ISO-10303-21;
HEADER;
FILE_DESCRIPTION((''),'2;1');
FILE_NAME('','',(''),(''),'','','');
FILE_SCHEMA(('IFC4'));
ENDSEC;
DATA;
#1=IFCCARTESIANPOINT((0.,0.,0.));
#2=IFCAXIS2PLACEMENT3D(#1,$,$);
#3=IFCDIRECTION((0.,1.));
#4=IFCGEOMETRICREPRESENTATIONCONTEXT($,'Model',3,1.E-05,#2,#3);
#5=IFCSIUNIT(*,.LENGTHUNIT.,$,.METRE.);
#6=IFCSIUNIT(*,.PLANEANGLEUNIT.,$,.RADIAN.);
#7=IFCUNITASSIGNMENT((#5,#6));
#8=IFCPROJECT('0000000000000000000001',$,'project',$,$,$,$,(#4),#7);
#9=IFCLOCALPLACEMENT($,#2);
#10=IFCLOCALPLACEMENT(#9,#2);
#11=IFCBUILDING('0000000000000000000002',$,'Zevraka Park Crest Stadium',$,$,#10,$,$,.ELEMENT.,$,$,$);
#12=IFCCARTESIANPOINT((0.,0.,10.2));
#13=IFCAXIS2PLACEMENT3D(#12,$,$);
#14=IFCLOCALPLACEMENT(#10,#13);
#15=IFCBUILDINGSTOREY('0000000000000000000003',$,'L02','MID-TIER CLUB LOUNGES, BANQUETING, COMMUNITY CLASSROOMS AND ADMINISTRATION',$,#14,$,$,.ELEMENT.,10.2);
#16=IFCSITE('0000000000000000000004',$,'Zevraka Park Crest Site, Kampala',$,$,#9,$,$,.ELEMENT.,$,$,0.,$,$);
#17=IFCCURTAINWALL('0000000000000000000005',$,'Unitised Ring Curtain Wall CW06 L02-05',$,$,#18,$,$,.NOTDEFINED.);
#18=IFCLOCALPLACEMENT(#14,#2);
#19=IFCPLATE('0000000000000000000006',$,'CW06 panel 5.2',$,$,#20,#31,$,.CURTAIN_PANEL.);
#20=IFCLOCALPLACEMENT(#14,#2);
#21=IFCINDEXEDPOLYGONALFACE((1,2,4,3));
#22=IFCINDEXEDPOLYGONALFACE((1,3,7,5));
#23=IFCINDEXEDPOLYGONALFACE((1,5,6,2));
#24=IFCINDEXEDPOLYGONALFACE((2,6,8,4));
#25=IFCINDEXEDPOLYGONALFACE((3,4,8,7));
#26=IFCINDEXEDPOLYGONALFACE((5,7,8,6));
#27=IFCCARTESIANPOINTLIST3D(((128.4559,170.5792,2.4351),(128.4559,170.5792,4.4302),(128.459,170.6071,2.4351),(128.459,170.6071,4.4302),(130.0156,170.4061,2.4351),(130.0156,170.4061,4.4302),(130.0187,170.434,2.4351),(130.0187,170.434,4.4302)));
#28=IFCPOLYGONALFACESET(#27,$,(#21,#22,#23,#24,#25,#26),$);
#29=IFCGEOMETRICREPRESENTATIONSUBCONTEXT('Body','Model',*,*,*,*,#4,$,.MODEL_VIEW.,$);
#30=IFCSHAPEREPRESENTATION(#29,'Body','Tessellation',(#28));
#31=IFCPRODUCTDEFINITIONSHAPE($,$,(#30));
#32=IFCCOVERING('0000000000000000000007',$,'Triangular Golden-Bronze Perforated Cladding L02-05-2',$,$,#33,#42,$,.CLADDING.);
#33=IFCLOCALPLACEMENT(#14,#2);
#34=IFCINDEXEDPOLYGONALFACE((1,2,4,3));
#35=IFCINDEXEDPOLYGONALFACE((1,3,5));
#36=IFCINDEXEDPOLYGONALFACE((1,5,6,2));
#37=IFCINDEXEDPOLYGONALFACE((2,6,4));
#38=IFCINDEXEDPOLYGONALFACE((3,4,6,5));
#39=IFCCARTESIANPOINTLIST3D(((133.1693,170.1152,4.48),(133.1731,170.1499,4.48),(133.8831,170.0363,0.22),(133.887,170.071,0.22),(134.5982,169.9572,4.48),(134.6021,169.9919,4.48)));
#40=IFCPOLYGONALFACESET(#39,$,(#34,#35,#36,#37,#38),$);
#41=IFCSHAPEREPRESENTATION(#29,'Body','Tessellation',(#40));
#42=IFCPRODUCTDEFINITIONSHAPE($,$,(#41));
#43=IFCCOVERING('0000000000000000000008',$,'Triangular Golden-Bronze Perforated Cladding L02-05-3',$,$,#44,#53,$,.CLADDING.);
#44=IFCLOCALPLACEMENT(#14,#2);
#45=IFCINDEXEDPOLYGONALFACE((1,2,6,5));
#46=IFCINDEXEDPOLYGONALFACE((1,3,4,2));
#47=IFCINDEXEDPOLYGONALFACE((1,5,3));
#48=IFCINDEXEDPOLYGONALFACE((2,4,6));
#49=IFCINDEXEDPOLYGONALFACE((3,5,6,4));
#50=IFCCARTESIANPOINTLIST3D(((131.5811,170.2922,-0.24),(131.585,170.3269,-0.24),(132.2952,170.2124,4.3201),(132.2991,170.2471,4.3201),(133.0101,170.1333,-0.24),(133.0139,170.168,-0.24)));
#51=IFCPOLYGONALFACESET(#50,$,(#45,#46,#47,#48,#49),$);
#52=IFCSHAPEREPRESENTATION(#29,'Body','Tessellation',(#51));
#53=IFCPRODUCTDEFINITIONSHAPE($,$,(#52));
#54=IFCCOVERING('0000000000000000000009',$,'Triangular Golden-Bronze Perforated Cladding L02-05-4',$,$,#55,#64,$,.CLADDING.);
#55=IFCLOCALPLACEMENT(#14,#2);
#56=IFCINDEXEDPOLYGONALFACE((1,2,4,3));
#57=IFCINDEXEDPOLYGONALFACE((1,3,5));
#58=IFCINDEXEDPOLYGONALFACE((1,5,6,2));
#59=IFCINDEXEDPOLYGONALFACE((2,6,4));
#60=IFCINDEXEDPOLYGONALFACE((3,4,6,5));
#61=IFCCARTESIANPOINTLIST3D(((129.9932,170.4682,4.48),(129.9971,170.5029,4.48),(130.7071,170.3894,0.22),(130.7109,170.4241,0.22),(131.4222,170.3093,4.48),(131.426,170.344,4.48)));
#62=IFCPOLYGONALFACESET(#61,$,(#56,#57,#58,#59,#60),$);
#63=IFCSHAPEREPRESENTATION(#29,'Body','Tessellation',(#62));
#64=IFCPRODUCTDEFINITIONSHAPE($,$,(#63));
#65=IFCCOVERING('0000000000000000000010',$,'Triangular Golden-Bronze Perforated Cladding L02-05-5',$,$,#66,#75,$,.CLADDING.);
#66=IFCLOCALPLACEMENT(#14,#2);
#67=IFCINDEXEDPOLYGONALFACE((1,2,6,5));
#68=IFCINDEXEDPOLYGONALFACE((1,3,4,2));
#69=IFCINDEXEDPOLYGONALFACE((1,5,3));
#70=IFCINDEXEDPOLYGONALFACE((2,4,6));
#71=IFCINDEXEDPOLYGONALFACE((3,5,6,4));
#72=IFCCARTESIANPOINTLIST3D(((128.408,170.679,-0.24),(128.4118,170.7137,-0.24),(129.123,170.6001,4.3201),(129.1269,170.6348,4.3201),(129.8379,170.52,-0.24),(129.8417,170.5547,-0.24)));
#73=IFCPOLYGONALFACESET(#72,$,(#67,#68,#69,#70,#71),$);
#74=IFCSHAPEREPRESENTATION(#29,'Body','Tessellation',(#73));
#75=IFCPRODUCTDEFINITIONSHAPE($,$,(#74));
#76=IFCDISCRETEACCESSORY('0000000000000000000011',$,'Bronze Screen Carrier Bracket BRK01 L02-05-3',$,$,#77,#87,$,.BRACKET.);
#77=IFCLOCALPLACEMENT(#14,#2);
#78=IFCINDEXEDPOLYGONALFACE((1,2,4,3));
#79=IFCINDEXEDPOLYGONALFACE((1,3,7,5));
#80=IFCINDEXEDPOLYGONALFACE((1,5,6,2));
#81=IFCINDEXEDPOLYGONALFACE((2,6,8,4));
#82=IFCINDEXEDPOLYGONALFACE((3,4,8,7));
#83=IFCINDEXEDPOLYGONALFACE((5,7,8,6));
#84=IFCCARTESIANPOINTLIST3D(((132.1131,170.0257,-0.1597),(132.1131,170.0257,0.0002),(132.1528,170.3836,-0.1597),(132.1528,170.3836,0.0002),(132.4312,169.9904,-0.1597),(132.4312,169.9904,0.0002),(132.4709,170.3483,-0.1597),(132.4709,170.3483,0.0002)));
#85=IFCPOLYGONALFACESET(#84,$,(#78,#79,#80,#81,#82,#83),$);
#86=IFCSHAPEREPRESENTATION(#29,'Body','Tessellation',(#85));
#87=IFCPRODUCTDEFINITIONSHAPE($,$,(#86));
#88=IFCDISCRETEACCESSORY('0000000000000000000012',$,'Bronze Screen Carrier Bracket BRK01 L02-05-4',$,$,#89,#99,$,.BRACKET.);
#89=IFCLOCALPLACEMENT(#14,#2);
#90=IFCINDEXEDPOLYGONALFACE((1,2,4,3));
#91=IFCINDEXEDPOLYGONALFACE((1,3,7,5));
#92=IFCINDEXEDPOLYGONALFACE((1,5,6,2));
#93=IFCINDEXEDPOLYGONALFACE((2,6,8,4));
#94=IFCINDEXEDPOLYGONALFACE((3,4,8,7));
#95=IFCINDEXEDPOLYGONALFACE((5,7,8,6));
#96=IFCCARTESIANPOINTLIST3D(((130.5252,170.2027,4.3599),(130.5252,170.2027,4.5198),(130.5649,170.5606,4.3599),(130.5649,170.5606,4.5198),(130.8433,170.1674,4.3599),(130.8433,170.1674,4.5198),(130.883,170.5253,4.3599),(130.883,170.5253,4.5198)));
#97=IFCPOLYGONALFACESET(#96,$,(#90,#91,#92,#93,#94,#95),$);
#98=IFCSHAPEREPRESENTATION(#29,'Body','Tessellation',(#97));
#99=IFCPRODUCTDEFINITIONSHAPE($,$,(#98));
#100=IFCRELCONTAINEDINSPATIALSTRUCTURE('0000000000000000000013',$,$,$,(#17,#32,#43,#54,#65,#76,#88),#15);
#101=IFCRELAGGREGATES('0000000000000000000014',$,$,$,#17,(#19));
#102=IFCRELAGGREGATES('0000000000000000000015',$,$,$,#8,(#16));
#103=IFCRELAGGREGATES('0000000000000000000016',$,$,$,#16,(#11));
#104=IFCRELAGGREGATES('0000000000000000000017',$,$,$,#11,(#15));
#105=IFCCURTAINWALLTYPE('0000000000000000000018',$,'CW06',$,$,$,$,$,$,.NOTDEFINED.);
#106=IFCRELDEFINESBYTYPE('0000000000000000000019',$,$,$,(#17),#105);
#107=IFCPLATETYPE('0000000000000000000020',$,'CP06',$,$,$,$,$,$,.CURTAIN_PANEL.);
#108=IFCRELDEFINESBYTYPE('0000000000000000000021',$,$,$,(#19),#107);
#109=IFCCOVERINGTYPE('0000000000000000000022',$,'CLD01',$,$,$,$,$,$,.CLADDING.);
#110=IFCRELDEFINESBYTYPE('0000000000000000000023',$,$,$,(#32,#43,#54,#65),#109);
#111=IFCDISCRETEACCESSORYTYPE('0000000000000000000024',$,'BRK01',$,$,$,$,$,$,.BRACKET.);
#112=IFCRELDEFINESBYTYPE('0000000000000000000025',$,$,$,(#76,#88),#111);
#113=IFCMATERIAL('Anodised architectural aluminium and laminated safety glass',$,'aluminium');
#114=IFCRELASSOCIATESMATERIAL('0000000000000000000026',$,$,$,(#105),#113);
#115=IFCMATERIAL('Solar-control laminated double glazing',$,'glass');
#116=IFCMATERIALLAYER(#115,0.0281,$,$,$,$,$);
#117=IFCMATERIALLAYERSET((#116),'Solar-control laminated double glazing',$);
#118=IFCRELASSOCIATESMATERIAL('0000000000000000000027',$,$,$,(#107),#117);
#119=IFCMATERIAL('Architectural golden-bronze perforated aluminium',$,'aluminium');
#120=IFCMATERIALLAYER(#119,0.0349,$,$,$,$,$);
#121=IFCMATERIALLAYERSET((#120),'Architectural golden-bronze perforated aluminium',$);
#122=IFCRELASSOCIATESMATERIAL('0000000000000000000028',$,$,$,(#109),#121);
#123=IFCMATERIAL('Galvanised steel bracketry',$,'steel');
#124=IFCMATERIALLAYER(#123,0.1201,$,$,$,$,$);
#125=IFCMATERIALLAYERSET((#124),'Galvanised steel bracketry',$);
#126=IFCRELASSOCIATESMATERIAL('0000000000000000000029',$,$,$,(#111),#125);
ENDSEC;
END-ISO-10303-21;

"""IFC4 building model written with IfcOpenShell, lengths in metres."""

from ifc_helpers import new_model, si_unit, direction, frame, origin, origin_2d, place, context, subcontext, project, spatial, polyline, rectangle, outline, extrude, material, layer, layer_set, type_object, element, aggregate, save


model = new_model("IFC4")

# Units and contexts
model_context = context("Model", 3, precision=1e-05, world=origin(), true_north=direction((0.0, 1.0)))
body_context = subcontext(model_context, "Body", "Model", "MODEL_VIEW")
ifc_project = project(units=[si_unit("LENGTHUNIT", "METRE"), si_unit("PLANEANGLEUNIT", "RADIAN")], contexts=[model_context])

# Site, building, storey
site_placement = place(None, origin())
site = spatial("IfcSite", under=ifc_project, at=site_placement, Name="Zevraka Park Crest Site, Kampala", CompositionType="ELEMENT", RefElevation=0.0)
building_placement = place(site_placement, origin())
building = spatial("IfcBuilding", under=site, at=building_placement, Name="Zevraka Park Crest Stadium", CompositionType="ELEMENT")
storey_placement = place(building_placement, frame((0.0, 0.0, 10.2)))
storey = spatial("IfcBuildingStorey", under=building, at=storey_placement, Name="L02", Description="MID-TIER CLUB LOUNGES, BANQUETING, COMMUNITY CLASSROOMS AND ADMINISTRATION", CompositionType="ELEMENT", Elevation=10.2)

# Curtain wall, plate
ifc_material_1 = material(Name="Anodised architectural aluminium and laminated safety glass", Category="aluminium")
curtain_wall_type = type_object("IfcCurtainWallType", Name="CW06", PredefinedType="NOTDEFINED", material=ifc_material_1)
curtain_wall_placement = place(storey_placement, origin())
curtain_wall = element("IfcCurtainWall", 1, at=curtain_wall_placement, inside=storey, type_object=curtain_wall_type, Name="Unitised Ring Curtain Wall CW06 L02-05", PredefinedType="NOTDEFINED")
ifc_material_2 = material(Name="Solar-control laminated double glazing", Category="glass")
ifc_layer_1 = layer(ifc_material_2, 0.0281)
ifc_layer_set_1 = layer_set([ifc_layer_1], Name="Solar-control laminated double glazing")
plate_type = type_object("IfcPlateType", Name="CP06", PredefinedType="CURTAIN_PANEL", material=ifc_layer_set_1)
plate_1_placement = place(storey_placement, frame((129.2373, 170.5066, 2.4351), z_axis=(0.0, 0.0, 1.0), x_axis=(-0.993899, 0.110293, 0.0)))
plate_1 = element("IfcPlate", 2, at=plate_1_placement, type_object=plate_type, Name="CW06 panel 5.2", PredefinedType="CURTAIN_PANEL", context=body_context, shape_type="SweptSolid", body=[
    extrude(rectangle(XDim=1.5693, YDim=0.0281, at=origin_2d()), origin(), (0.0, 0.0, 1.0), 1.9951),
])
aggregate(curtain_wall, [plate_1])

# Coverings
ifc_material_3 = material(Name="Architectural golden-bronze perforated aluminium", Category="aluminium")
ifc_layer_2 = layer(ifc_material_3, 0.0349)
ifc_layer_set_2 = layer_set([ifc_layer_2], Name="Architectural golden-bronze perforated aluminium")
covering_type = type_object("IfcCoveringType", Name="CLD01", PredefinedType="CLADDING", material=ifc_layer_set_2)
covering_1_placement = place(storey_placement, frame((133.1731, 170.1499, 4.48), z_axis=(0.109872, 0.993946, 0.000013), x_axis=(0.993946, -0.109872, 0.0)))
element("IfcCovering", 3, at=covering_1_placement, inside=storey, type_object=covering_type, Name="Triangular Golden-Bronze Perforated Cladding L02-05-2", PredefinedType="CLADDING", context=body_context, shape_type="SweptSolid", body=[
    extrude(outline(polyline([(0.0, 0.0), (1.4377, 0.0), (0.7182, 4.26), (0.0, 0.0)])), origin(), (0.0, 0.0, -1.0), 0.0349),
])
covering_2_placement = place(storey_placement, frame((133.0139, 170.168, -0.24), z_axis=(0.110543, 0.993871, 0.000089), x_axis=(-0.993871, 0.110543, 0.0)))
element("IfcCovering", 4, at=covering_2_placement, inside=storey, type_object=covering_type, Name="Triangular Golden-Bronze Perforated Cladding L02-05-3", PredefinedType="CLADDING", context=body_context, shape_type="SweptSolid", body=[
    extrude(outline(polyline([(0.0, 0.0), (1.4378, 0.0), (0.7192, 4.5601), (0.0, 0.0)])), origin(), (0.0, 0.0, -1.0), 0.0349),
])
covering_3_placement = place(storey_placement, frame((129.9971, 170.5029, 4.48), z_axis=(0.110543, 0.993871, 0.000127), x_axis=(0.993871, -0.110543, 0.0)))
element("IfcCovering", 5, at=covering_3_placement, inside=storey, type_object=covering_type, Name="Triangular Golden-Bronze Perforated Cladding L02-05-4", PredefinedType="CLADDING", context=body_context, shape_type="SweptSolid", body=[
    extrude(outline(polyline([(0.0, 0.0), (1.4378, 0.0), (0.7182, 4.26), (0.0, 0.0)])), origin(), (0.0, 0.0, -1.0), 0.0349),
])
covering_4_placement = place(storey_placement, frame((129.8379, 170.52, -0.24), z_axis=(-0.110469, -0.99388, 0.000136), x_axis=(-0.99388, 0.110469, 0.0)))
element("IfcCovering", 6, at=covering_4_placement, inside=storey, type_object=covering_type, Name="Triangular Golden-Bronze Perforated Cladding L02-05-5", PredefinedType="CLADDING", context=body_context, shape_type="SweptSolid", body=[
    extrude(outline(polyline([(0.0, 0.0), (1.4387, 0.0), (0.7193, -4.5601), (0.0, 0.0)])), origin(), (0.0, 0.0, -1.0), 0.0349),
])

# Discrete accessories
ifc_material_4 = material(Name="Galvanised steel bracketry", Category="steel")
ifc_layer_3 = layer(ifc_material_4, 0.1201)
ifc_layer_set_3 = layer_set([ifc_layer_3], Name="Galvanised steel bracketry")
discrete_accessory_type = type_object("IfcDiscreteAccessoryType", Name="BRK01", PredefinedType="BRACKET", material=ifc_layer_set_3)
for number, where, z_axis, x_axis, name in (
    (7, (132.292, 170.187, -0.1597), (0.0, 0.0, 1.0), (-0.993903, 0.110255, 0.0), "Bronze Screen Carrier Bracket BRK01 L02-05-3"),
    (8, (130.7041, 170.364, 4.3599), (0.0, 0.0, 1.0), (-0.993903, 0.110255, 0.0), "Bronze Screen Carrier Bracket BRK01 L02-05-4"),
):
    element("IfcDiscreteAccessory", number, at=place(storey_placement, frame(where, z_axis=z_axis, x_axis=x_axis)), inside=storey, type_object=discrete_accessory_type, Name=name, PredefinedType="BRACKET", context=body_context, shape_type="SweptSolid", body=[
        extrude(rectangle(XDim=0.3201, YDim=0.3601, at=origin_2d()), origin(), (0.0, 0.0, 1.0), 0.1599),
    ])

save(model, "model.ifc")
